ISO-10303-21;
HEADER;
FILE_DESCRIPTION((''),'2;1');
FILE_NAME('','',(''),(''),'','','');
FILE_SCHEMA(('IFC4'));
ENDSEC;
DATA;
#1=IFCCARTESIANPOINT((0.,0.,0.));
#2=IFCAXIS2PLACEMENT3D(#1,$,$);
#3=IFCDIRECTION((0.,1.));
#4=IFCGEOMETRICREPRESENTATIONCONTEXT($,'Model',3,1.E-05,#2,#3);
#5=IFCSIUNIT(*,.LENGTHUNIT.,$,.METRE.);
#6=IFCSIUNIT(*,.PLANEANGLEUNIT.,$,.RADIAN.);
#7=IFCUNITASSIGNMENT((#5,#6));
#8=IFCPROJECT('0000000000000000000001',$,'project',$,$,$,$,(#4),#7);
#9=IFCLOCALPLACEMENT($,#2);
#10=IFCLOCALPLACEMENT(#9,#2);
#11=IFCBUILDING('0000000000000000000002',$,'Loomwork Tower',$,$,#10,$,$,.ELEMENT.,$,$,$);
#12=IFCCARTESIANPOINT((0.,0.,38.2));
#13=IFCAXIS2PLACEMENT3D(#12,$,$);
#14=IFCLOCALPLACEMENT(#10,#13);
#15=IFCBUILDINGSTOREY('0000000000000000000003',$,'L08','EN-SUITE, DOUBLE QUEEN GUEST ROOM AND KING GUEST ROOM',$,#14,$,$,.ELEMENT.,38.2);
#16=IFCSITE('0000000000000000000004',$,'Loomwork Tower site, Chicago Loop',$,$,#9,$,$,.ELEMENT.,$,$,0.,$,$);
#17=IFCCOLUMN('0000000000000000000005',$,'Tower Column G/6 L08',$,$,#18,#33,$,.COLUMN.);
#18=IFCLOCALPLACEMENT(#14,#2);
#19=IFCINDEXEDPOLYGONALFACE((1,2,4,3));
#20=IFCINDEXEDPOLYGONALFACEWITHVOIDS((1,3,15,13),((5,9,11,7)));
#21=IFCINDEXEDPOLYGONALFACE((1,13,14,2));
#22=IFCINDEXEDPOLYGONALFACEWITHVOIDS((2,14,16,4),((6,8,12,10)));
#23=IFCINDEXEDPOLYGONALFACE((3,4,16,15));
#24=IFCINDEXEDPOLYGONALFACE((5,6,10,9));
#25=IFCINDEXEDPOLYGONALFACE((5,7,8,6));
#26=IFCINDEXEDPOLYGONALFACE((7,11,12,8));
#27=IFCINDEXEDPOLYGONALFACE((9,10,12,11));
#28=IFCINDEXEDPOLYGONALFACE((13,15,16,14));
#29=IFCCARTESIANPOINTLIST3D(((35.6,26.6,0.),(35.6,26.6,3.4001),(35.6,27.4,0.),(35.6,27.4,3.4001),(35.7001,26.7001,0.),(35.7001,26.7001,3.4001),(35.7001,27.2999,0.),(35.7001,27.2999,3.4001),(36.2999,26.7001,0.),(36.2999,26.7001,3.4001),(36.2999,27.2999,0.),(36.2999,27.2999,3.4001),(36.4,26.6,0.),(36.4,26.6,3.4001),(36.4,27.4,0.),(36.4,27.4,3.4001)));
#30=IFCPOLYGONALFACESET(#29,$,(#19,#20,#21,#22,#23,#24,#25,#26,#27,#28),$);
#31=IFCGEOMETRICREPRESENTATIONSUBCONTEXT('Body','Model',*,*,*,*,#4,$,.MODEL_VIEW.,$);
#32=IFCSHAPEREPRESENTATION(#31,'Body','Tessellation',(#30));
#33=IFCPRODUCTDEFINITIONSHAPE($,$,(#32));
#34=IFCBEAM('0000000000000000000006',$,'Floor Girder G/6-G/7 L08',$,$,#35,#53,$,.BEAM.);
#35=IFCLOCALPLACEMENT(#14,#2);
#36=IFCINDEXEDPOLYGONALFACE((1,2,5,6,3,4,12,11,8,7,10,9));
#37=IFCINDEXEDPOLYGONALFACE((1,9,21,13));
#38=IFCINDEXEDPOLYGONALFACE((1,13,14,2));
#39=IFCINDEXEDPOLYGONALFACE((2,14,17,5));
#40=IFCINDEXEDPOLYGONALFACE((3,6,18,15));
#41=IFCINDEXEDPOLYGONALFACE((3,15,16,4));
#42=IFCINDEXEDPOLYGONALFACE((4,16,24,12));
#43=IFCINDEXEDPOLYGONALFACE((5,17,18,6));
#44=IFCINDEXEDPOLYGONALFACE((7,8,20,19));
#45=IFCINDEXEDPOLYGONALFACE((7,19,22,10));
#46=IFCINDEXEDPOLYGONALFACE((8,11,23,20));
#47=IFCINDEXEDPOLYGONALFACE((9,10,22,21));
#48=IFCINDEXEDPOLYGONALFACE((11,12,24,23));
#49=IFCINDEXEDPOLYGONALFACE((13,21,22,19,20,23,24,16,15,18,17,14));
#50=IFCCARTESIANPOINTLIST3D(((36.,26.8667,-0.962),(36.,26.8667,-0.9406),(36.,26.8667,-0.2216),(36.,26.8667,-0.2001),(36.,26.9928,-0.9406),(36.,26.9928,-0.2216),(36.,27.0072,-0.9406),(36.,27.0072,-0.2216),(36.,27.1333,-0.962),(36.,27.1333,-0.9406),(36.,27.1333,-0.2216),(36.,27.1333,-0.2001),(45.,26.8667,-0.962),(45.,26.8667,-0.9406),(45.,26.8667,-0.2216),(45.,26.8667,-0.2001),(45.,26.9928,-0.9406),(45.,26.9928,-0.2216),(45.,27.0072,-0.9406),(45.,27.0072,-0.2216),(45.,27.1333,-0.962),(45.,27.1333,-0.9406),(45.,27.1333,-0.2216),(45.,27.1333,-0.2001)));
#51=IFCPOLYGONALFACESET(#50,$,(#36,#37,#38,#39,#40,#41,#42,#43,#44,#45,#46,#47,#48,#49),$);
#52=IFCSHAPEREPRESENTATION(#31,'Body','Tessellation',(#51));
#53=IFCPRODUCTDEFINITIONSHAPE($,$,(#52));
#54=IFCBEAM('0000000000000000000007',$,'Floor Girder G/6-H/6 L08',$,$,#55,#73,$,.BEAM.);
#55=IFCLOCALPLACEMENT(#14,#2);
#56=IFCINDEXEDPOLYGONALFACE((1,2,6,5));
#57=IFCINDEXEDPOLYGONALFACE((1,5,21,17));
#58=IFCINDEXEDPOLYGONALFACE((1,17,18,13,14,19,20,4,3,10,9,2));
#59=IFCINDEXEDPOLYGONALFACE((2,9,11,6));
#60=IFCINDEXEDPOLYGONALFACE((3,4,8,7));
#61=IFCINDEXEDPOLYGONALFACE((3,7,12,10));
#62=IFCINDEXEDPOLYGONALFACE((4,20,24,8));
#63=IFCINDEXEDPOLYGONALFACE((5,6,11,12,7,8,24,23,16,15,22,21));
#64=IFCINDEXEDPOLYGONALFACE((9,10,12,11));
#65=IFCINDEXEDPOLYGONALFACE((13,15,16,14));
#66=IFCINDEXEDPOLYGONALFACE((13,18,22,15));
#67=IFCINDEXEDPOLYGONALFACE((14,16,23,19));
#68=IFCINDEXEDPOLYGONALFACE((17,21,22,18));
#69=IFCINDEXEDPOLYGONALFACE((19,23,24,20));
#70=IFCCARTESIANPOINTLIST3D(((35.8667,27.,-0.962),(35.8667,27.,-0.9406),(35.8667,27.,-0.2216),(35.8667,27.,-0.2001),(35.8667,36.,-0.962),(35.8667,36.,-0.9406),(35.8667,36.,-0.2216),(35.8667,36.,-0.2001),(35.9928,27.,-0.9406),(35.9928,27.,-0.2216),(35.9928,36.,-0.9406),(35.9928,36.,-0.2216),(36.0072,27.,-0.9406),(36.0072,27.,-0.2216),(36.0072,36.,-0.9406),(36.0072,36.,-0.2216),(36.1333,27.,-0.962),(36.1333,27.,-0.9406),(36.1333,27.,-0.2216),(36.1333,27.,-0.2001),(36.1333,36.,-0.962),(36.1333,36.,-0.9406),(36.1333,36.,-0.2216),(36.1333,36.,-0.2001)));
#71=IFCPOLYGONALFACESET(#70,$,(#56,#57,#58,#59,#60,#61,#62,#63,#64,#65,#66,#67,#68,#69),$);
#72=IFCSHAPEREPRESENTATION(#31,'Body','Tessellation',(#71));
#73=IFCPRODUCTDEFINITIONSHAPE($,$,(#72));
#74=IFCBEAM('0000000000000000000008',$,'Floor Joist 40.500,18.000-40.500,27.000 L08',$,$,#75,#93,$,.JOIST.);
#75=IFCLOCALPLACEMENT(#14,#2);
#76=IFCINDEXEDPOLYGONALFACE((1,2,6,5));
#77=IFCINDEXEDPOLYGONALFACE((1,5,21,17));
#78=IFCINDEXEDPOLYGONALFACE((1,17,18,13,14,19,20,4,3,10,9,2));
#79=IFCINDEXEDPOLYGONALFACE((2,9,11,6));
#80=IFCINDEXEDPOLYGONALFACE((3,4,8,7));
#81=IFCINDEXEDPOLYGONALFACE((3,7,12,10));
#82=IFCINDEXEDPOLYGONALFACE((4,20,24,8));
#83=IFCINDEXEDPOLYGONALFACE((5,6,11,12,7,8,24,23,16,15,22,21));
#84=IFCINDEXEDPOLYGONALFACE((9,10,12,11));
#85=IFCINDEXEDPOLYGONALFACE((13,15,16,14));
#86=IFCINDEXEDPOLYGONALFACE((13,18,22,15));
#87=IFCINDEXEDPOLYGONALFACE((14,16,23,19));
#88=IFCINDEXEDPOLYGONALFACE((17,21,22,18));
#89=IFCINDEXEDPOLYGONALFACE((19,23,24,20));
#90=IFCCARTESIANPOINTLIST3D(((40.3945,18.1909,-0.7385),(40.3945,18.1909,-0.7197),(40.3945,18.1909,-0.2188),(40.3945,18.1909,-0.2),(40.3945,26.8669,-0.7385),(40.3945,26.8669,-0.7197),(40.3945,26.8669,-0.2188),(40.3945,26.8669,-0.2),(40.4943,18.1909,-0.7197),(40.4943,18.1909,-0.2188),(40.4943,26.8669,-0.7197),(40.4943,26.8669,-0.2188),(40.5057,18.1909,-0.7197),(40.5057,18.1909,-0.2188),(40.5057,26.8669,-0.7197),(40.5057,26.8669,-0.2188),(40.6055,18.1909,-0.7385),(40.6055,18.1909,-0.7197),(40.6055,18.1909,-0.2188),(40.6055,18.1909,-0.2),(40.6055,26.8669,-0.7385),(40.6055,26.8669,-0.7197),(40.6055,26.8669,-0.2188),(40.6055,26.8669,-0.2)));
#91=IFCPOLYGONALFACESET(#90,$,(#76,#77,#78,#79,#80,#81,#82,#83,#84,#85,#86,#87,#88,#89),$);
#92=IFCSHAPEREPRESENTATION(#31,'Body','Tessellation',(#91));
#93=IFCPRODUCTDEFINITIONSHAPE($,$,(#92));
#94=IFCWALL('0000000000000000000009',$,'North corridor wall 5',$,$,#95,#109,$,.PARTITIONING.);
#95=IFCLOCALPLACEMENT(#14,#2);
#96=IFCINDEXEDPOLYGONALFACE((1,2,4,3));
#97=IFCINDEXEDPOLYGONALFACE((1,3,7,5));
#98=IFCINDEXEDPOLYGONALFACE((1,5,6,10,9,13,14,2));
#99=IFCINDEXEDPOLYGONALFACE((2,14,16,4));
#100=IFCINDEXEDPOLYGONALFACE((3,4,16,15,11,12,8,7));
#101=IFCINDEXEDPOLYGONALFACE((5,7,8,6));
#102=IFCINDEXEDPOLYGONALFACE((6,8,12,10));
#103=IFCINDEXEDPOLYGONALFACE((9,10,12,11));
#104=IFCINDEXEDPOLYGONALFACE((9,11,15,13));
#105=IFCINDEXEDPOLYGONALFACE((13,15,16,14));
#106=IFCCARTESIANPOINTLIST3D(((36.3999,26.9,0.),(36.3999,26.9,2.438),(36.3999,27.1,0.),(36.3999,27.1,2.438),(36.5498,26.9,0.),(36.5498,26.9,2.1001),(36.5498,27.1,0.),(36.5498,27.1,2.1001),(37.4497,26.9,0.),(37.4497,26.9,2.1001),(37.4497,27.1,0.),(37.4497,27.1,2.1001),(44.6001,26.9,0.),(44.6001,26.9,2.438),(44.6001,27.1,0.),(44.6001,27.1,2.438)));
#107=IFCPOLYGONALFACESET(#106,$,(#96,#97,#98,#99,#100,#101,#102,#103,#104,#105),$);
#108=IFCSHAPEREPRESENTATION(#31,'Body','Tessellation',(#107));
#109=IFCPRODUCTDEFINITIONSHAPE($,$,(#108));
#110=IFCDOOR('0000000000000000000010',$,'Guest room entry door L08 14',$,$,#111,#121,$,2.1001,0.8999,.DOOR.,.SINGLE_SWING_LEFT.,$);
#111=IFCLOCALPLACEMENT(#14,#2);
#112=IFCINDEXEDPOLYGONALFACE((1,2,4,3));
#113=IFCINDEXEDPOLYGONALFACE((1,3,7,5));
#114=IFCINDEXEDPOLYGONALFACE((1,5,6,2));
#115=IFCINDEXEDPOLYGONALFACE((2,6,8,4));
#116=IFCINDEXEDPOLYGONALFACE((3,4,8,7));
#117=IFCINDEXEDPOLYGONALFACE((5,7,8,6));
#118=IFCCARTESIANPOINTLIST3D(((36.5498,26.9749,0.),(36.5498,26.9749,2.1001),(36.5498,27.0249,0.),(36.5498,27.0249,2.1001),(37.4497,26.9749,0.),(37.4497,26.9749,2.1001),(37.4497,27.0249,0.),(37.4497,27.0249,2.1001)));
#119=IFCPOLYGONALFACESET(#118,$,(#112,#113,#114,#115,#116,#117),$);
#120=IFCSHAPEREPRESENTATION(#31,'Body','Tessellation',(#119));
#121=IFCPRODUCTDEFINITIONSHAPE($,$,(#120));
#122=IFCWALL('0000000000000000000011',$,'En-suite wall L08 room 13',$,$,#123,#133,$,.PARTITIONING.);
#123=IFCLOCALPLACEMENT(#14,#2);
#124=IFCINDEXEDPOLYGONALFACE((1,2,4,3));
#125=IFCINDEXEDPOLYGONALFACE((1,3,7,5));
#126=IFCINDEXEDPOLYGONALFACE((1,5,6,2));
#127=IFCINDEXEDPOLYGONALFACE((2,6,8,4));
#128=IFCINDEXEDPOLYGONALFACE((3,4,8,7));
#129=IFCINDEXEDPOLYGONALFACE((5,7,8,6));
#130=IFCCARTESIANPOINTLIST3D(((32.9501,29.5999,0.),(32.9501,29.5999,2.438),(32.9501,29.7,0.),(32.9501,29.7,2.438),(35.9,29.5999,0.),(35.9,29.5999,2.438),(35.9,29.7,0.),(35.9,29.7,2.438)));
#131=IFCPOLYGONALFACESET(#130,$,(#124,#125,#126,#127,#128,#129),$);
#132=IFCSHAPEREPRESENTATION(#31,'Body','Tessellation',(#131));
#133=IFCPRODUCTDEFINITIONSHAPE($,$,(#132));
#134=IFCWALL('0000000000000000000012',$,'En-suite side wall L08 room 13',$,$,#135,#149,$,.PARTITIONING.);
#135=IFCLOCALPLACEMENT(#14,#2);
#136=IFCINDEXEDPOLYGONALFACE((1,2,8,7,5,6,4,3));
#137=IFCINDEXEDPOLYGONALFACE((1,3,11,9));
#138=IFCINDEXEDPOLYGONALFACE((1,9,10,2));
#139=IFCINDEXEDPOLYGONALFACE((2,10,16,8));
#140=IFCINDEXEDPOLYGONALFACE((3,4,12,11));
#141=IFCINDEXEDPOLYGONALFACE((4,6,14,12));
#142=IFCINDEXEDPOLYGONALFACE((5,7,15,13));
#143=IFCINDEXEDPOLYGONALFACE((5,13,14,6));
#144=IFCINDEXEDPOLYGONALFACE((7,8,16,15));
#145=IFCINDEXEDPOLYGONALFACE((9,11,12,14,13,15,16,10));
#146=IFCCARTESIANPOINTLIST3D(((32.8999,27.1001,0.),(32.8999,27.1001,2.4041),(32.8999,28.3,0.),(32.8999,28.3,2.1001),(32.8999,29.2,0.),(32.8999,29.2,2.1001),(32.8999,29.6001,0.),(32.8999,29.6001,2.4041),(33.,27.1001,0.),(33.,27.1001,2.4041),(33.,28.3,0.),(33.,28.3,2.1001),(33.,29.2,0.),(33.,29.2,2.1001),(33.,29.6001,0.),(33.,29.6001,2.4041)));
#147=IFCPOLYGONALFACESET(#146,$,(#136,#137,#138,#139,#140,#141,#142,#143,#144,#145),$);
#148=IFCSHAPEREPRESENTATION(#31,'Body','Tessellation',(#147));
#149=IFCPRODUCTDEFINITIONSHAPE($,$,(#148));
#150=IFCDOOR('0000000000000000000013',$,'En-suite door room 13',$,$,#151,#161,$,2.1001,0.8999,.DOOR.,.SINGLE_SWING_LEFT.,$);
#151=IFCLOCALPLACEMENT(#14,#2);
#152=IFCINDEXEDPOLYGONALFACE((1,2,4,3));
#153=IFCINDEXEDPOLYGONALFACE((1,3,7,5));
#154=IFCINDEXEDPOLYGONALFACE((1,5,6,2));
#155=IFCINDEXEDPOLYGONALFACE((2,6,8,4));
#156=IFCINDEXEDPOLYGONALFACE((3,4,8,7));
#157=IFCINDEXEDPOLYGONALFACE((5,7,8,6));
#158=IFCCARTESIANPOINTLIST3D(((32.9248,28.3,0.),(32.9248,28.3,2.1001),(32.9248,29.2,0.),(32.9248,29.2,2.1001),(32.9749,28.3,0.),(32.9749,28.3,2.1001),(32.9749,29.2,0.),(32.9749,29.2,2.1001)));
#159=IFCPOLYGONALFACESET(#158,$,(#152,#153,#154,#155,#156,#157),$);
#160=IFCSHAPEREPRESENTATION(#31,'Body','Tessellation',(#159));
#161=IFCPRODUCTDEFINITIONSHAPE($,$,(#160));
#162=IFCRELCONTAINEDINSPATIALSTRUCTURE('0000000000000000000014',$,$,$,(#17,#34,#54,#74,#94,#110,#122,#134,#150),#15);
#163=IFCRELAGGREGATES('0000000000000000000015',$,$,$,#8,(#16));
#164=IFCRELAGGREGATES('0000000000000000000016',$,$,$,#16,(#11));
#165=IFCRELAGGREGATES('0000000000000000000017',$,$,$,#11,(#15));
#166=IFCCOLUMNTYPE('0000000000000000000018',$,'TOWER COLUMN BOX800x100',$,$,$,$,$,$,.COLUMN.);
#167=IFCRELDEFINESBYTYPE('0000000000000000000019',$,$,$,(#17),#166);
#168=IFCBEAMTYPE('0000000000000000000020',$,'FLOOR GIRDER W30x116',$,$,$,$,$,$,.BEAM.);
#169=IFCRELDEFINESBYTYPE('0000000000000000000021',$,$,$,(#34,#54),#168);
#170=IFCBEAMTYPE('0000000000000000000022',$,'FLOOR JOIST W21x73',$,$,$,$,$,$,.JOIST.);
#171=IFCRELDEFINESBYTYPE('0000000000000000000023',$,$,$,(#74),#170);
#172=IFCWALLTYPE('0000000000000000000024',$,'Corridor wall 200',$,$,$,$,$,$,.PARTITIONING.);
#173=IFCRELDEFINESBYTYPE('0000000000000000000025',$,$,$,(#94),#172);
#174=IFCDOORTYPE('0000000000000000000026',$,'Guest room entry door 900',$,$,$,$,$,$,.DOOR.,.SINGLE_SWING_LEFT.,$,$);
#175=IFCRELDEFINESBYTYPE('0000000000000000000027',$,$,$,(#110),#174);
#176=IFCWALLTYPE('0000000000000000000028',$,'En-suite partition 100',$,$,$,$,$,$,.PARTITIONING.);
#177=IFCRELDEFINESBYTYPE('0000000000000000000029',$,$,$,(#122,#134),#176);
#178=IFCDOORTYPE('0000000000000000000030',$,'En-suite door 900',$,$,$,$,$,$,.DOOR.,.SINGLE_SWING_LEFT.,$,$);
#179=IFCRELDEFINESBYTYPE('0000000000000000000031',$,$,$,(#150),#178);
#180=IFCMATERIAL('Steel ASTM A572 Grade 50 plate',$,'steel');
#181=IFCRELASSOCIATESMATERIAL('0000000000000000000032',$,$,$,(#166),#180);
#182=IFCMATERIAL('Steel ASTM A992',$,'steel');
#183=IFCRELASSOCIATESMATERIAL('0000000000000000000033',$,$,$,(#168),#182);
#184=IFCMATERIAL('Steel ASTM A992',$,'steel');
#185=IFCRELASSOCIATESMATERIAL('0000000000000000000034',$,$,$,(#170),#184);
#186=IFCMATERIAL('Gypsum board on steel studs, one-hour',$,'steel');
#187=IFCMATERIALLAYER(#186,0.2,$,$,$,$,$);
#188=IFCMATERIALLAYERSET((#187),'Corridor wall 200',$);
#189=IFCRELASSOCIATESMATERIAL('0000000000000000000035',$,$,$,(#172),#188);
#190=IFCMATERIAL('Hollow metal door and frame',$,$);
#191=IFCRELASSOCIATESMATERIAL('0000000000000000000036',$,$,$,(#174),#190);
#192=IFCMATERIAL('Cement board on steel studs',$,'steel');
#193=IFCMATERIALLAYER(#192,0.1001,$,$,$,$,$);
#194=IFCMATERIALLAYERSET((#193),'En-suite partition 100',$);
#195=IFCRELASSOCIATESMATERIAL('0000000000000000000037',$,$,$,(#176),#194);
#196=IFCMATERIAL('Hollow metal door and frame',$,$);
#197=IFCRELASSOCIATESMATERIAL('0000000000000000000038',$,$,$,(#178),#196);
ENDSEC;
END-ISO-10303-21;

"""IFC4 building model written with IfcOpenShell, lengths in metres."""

from ifc_helpers import new_model, si_unit, direction, frame, frame_2d, origin, origin_2d, place, context, subcontext, project, spatial, rectangle, hollow_rectangle, i_section, extrude, material, layer, layer_set, material_profile, profile_set, type_object, element, fill, save


model = new_model("IFC4")

# Units and contexts
model_context = context("Model", 3, precision=1e-05, world=origin(), true_north=direction((0.0, 1.0)))
body_context = subcontext(model_context, "Body", "Model", "MODEL_VIEW")
ifc_project = project(units=[si_unit("LENGTHUNIT", "METRE"), si_unit("PLANEANGLEUNIT", "RADIAN")], contexts=[model_context])

# Site, building, storey
site_placement = place(None, origin())
site = spatial("IfcSite", under=ifc_project, at=site_placement, Name="Loomwork Tower site, Chicago Loop", CompositionType="ELEMENT", RefElevation=0.0)
building_placement = place(site_placement, origin())
building = spatial("IfcBuilding", under=site, at=building_placement, Name="Loomwork Tower", CompositionType="ELEMENT")
storey_placement = place(building_placement, frame((0.0, 0.0, 38.2)))
storey = spatial("IfcBuildingStorey", under=building, at=storey_placement, Name="L08", Description="EN-SUITE, DOUBLE QUEEN GUEST ROOM AND KING GUEST ROOM", CompositionType="ELEMENT", Elevation=38.2)

# Column
ifc_material_1 = material(Name="Steel ASTM A572 Grade 50 plate", Category="steel")
ifc_material_profile_1 = material_profile(ifc_material_1, hollow_rectangle(XDim=0.8, YDim=0.8, WallThickness=0.1001, at=origin_2d()), Name="BOX800x100")
ifc_profile_set_1 = profile_set([ifc_material_profile_1], Name="Steel ASTM A572 Grade 50 plate")
column_type = type_object("IfcColumnType", Name="TOWER COLUMN BOX800x100", PredefinedType="COLUMN", material=ifc_profile_set_1)
column_placement = place(storey_placement, frame((36.0, 27.0, 0.0), z_axis=(0.0, 0.0, 1.0), x_axis=(1.0, 0.0, 0.0)))
element("IfcColumn", 1, at=column_placement, inside=storey, type_object=column_type, Name="Tower Column G/6 L08", PredefinedType="COLUMN", context=body_context, shape_type="SweptSolid", body=[
    extrude(hollow_rectangle(XDim=0.8, YDim=0.8, WallThickness=0.1001, at=origin_2d()), origin(), (0.0, 0.0, 1.0), 3.4001),
])

# Beams
ifc_material_2 = material(Name="Steel ASTM A992", Category="steel")
ifc_material_profile_2 = material_profile(ifc_material_2, i_section(OverallWidth=0.2666, OverallDepth=0.762, WebThickness=0.0144, FlangeThickness=0.0215, at=origin_2d()), Name="W30x116")
ifc_profile_set_2 = profile_set([ifc_material_profile_2], Name="Steel ASTM A992")
beam_type_1 = type_object("IfcBeamType", Name="FLOOR GIRDER W30x116", PredefinedType="BEAM", material=ifc_profile_set_2)
for number, where, z_axis, x_axis, name in (
    (2, (36.0, 27.0, -0.5811), (1.0, 0.0, 0.0), (0.0, 1.0, 0.0), "Floor Girder G/6-G/7 L08"),
    (3, (36.0, 27.0, -0.5811), (0.0, 1.0, 0.0), (-1.0, 0.0, 0.0), "Floor Girder G/6-H/6 L08"),
):
    element("IfcBeam", number, at=place(storey_placement, frame(where, z_axis=z_axis, x_axis=x_axis)), inside=storey, type_object=beam_type_1, Name=name, PredefinedType="BEAM", context=body_context, shape_type="SweptSolid", body=[
        extrude(i_section(OverallWidth=0.2666, OverallDepth=0.762, WebThickness=0.0144, FlangeThickness=0.0215, at=origin_2d()), origin(), (0.0, 0.0, 1.0), 9.0),
    ])
ifc_material_3 = material(Name="Steel ASTM A992", Category="steel")
ifc_material_profile_3 = material_profile(ifc_material_3, i_section(OverallWidth=0.2109, OverallDepth=0.5386, WebThickness=0.0115, FlangeThickness=0.0188, at=origin_2d()), Name="W21x73")
ifc_profile_set_3 = profile_set([ifc_material_profile_3], Name="Steel ASTM A992")
beam_type_2 = type_object("IfcBeamType", Name="FLOOR JOIST W21x73", PredefinedType="JOIST", material=ifc_profile_set_3)
beam_placement = place(storey_placement, frame((40.5, 18.1909, -0.4692), z_axis=(0.0, 1.0, 0.0), x_axis=(-1.0, 0.0, 0.0)))
element("IfcBeam", 4, at=beam_placement, inside=storey, type_object=beam_type_2, Name="Floor Joist 40.500,18.000-40.500,27.000 L08", PredefinedType="JOIST", context=body_context, shape_type="SweptSolid", body=[
    extrude(i_section(OverallWidth=0.2109, OverallDepth=0.5386, WebThickness=0.0115, FlangeThickness=0.0188, at=origin_2d()), origin(), (0.0, 0.0, 1.0), 8.676),
])

# Wall, opening, door
ifc_material_4 = material(Name="Gypsum board on steel studs, one-hour", Category="steel")
ifc_layer_1 = layer(ifc_material_4, 0.2)
ifc_layer_set_1 = layer_set([ifc_layer_1], Name="Corridor wall 200")
wall_type_1 = type_object("IfcWallType", Name="Corridor wall 200", PredefinedType="PARTITIONING", material=ifc_layer_set_1)
wall_1_placement = place(storey_placement, frame((36.3999, 27.0, 0.0), z_axis=(0.0, 0.0, 1.0), x_axis=(1.0, 0.0, 0.0)))
wall_1 = element("IfcWall", 5, at=wall_1_placement, inside=storey, type_object=wall_type_1, Name="North corridor wall 5", PredefinedType="PARTITIONING", context=body_context, shape_type="SweptSolid", body=[
    extrude(rectangle(XDim=8.2002, YDim=0.2, at=frame_2d((4.1001, 0.0))), origin(), (0.0, 0.0, 1.0), 2.438),
])
opening_1_placement = place(wall_1_placement, frame((0.1499, 0.0, 0.0)))
opening_1 = element("IfcOpeningElement", 6, at=opening_1_placement, cuts=wall_1, PredefinedType="OPENING", context=body_context, shape_type="SweptSolid", body=[
    extrude(rectangle(XDim=0.8999, YDim=2.1001, at=frame_2d((0.45, 1.05))), frame((0.0, 0.1099, 0.0), z_axis=(0.0, -1.0, 0.0), x_axis=(1.0, 0.0, 0.0)), (0.0, 0.0, 1.0), 0.22),
])
ifc_material_5 = material(Name="Hollow metal door and frame")
door_type_1 = type_object("IfcDoorType", Name="Guest room entry door 900", OperationType="SINGLE_SWING_LEFT", PredefinedType="DOOR", material=ifc_material_5)
door_1_placement = place(opening_1_placement, origin())
door_1 = element("IfcDoor", 7, at=door_1_placement, inside=storey, type_object=door_type_1, Name="Guest room entry door L08 14", OperationType="SINGLE_SWING_LEFT", OverallHeight=2.1001, OverallWidth=0.8999, PredefinedType="DOOR", context=body_context, shape_type="SweptSolid", body=[
    extrude(rectangle(XDim=0.8999, YDim=2.1001, at=frame_2d((0.45, 1.05))), frame((0.0, 0.0249, 0.0), z_axis=(0.0, -1.0, 0.0), x_axis=(1.0, 0.0, 0.0)), (0.0, 0.0, 1.0), 0.05),
])
fill(opening_1, door_1)

# Wall
ifc_material_6 = material(Name="Cement board on steel studs", Category="steel")
ifc_layer_2 = layer(ifc_material_6, 0.1001)
ifc_layer_set_2 = layer_set([ifc_layer_2], Name="En-suite partition 100")
wall_type_2 = type_object("IfcWallType", Name="En-suite partition 100", PredefinedType="PARTITIONING", material=ifc_layer_set_2)
wall_2_placement = place(storey_placement, frame((32.95, 29.6499, 0.0), z_axis=(0.0, 0.0, 1.0), x_axis=(1.0, 0.0, 0.0)))
element("IfcWall", 8, at=wall_2_placement, inside=storey, type_object=wall_type_2, Name="En-suite wall L08 room 13", PredefinedType="PARTITIONING", context=body_context, shape_type="SweptSolid", body=[
    extrude(rectangle(XDim=2.95, YDim=0.1001, at=frame_2d((1.4751, 0.0))), origin(), (0.0, 0.0, 1.0), 2.438),
])

# Wall, opening, door
wall_3_placement = place(storey_placement, frame((32.95, 27.1001, 0.0), z_axis=(0.0, 0.0, 1.0), x_axis=(0.0, 1.0, 0.0)))
wall_3 = element("IfcWall", 9, at=wall_3_placement, inside=storey, type_object=wall_type_2, Name="En-suite side wall L08 room 13", PredefinedType="PARTITIONING", context=body_context, shape_type="SweptSolid", body=[
    extrude(rectangle(XDim=2.5, YDim=0.1001, at=frame_2d((1.25, 0.0))), origin(), (0.0, 0.0, 1.0), 2.4041),
])
opening_2_placement = place(wall_3_placement, frame((1.2, 0.0, 0.0)))
opening_2 = element("IfcOpeningElement", 10, at=opening_2_placement, cuts=wall_3, PredefinedType="OPENING", context=body_context, shape_type="SweptSolid", body=[
    extrude(rectangle(XDim=0.8999, YDim=2.1001, at=frame_2d((0.45, 1.05))), frame((0.0, 0.0601, 0.0), z_axis=(0.0, -1.0, 0.0), x_axis=(1.0, 0.0, 0.0)), (0.0, 0.0, 1.0), 0.1201),
])
ifc_material_7 = material(Name="Hollow metal door and frame")
door_type_2 = type_object("IfcDoorType", Name="En-suite door 900", OperationType="SINGLE_SWING_LEFT", PredefinedType="DOOR", material=ifc_material_7)
door_2_placement = place(opening_2_placement, frame((0.8999, 0.0, 0.0), z_axis=(0.0, 0.0, 1.0), x_axis=(-1.0, 0.0, 0.0)))
door_2 = element("IfcDoor", 11, at=door_2_placement, inside=storey, type_object=door_type_2, Name="En-suite door room 13", OperationType="SINGLE_SWING_LEFT", OverallHeight=2.1001, OverallWidth=0.8999, PredefinedType="DOOR", context=body_context, shape_type="SweptSolid", body=[
    extrude(rectangle(XDim=0.8999, YDim=2.1001, at=frame_2d((0.45, 1.05))), frame((0.0, 0.0249, 0.0), z_axis=(0.0, -1.0, 0.0), x_axis=(1.0, 0.0, 0.0)), (0.0, 0.0, 1.0), 0.05),
])
fill(opening_2, door_2)

save(model, "model.ifc")
